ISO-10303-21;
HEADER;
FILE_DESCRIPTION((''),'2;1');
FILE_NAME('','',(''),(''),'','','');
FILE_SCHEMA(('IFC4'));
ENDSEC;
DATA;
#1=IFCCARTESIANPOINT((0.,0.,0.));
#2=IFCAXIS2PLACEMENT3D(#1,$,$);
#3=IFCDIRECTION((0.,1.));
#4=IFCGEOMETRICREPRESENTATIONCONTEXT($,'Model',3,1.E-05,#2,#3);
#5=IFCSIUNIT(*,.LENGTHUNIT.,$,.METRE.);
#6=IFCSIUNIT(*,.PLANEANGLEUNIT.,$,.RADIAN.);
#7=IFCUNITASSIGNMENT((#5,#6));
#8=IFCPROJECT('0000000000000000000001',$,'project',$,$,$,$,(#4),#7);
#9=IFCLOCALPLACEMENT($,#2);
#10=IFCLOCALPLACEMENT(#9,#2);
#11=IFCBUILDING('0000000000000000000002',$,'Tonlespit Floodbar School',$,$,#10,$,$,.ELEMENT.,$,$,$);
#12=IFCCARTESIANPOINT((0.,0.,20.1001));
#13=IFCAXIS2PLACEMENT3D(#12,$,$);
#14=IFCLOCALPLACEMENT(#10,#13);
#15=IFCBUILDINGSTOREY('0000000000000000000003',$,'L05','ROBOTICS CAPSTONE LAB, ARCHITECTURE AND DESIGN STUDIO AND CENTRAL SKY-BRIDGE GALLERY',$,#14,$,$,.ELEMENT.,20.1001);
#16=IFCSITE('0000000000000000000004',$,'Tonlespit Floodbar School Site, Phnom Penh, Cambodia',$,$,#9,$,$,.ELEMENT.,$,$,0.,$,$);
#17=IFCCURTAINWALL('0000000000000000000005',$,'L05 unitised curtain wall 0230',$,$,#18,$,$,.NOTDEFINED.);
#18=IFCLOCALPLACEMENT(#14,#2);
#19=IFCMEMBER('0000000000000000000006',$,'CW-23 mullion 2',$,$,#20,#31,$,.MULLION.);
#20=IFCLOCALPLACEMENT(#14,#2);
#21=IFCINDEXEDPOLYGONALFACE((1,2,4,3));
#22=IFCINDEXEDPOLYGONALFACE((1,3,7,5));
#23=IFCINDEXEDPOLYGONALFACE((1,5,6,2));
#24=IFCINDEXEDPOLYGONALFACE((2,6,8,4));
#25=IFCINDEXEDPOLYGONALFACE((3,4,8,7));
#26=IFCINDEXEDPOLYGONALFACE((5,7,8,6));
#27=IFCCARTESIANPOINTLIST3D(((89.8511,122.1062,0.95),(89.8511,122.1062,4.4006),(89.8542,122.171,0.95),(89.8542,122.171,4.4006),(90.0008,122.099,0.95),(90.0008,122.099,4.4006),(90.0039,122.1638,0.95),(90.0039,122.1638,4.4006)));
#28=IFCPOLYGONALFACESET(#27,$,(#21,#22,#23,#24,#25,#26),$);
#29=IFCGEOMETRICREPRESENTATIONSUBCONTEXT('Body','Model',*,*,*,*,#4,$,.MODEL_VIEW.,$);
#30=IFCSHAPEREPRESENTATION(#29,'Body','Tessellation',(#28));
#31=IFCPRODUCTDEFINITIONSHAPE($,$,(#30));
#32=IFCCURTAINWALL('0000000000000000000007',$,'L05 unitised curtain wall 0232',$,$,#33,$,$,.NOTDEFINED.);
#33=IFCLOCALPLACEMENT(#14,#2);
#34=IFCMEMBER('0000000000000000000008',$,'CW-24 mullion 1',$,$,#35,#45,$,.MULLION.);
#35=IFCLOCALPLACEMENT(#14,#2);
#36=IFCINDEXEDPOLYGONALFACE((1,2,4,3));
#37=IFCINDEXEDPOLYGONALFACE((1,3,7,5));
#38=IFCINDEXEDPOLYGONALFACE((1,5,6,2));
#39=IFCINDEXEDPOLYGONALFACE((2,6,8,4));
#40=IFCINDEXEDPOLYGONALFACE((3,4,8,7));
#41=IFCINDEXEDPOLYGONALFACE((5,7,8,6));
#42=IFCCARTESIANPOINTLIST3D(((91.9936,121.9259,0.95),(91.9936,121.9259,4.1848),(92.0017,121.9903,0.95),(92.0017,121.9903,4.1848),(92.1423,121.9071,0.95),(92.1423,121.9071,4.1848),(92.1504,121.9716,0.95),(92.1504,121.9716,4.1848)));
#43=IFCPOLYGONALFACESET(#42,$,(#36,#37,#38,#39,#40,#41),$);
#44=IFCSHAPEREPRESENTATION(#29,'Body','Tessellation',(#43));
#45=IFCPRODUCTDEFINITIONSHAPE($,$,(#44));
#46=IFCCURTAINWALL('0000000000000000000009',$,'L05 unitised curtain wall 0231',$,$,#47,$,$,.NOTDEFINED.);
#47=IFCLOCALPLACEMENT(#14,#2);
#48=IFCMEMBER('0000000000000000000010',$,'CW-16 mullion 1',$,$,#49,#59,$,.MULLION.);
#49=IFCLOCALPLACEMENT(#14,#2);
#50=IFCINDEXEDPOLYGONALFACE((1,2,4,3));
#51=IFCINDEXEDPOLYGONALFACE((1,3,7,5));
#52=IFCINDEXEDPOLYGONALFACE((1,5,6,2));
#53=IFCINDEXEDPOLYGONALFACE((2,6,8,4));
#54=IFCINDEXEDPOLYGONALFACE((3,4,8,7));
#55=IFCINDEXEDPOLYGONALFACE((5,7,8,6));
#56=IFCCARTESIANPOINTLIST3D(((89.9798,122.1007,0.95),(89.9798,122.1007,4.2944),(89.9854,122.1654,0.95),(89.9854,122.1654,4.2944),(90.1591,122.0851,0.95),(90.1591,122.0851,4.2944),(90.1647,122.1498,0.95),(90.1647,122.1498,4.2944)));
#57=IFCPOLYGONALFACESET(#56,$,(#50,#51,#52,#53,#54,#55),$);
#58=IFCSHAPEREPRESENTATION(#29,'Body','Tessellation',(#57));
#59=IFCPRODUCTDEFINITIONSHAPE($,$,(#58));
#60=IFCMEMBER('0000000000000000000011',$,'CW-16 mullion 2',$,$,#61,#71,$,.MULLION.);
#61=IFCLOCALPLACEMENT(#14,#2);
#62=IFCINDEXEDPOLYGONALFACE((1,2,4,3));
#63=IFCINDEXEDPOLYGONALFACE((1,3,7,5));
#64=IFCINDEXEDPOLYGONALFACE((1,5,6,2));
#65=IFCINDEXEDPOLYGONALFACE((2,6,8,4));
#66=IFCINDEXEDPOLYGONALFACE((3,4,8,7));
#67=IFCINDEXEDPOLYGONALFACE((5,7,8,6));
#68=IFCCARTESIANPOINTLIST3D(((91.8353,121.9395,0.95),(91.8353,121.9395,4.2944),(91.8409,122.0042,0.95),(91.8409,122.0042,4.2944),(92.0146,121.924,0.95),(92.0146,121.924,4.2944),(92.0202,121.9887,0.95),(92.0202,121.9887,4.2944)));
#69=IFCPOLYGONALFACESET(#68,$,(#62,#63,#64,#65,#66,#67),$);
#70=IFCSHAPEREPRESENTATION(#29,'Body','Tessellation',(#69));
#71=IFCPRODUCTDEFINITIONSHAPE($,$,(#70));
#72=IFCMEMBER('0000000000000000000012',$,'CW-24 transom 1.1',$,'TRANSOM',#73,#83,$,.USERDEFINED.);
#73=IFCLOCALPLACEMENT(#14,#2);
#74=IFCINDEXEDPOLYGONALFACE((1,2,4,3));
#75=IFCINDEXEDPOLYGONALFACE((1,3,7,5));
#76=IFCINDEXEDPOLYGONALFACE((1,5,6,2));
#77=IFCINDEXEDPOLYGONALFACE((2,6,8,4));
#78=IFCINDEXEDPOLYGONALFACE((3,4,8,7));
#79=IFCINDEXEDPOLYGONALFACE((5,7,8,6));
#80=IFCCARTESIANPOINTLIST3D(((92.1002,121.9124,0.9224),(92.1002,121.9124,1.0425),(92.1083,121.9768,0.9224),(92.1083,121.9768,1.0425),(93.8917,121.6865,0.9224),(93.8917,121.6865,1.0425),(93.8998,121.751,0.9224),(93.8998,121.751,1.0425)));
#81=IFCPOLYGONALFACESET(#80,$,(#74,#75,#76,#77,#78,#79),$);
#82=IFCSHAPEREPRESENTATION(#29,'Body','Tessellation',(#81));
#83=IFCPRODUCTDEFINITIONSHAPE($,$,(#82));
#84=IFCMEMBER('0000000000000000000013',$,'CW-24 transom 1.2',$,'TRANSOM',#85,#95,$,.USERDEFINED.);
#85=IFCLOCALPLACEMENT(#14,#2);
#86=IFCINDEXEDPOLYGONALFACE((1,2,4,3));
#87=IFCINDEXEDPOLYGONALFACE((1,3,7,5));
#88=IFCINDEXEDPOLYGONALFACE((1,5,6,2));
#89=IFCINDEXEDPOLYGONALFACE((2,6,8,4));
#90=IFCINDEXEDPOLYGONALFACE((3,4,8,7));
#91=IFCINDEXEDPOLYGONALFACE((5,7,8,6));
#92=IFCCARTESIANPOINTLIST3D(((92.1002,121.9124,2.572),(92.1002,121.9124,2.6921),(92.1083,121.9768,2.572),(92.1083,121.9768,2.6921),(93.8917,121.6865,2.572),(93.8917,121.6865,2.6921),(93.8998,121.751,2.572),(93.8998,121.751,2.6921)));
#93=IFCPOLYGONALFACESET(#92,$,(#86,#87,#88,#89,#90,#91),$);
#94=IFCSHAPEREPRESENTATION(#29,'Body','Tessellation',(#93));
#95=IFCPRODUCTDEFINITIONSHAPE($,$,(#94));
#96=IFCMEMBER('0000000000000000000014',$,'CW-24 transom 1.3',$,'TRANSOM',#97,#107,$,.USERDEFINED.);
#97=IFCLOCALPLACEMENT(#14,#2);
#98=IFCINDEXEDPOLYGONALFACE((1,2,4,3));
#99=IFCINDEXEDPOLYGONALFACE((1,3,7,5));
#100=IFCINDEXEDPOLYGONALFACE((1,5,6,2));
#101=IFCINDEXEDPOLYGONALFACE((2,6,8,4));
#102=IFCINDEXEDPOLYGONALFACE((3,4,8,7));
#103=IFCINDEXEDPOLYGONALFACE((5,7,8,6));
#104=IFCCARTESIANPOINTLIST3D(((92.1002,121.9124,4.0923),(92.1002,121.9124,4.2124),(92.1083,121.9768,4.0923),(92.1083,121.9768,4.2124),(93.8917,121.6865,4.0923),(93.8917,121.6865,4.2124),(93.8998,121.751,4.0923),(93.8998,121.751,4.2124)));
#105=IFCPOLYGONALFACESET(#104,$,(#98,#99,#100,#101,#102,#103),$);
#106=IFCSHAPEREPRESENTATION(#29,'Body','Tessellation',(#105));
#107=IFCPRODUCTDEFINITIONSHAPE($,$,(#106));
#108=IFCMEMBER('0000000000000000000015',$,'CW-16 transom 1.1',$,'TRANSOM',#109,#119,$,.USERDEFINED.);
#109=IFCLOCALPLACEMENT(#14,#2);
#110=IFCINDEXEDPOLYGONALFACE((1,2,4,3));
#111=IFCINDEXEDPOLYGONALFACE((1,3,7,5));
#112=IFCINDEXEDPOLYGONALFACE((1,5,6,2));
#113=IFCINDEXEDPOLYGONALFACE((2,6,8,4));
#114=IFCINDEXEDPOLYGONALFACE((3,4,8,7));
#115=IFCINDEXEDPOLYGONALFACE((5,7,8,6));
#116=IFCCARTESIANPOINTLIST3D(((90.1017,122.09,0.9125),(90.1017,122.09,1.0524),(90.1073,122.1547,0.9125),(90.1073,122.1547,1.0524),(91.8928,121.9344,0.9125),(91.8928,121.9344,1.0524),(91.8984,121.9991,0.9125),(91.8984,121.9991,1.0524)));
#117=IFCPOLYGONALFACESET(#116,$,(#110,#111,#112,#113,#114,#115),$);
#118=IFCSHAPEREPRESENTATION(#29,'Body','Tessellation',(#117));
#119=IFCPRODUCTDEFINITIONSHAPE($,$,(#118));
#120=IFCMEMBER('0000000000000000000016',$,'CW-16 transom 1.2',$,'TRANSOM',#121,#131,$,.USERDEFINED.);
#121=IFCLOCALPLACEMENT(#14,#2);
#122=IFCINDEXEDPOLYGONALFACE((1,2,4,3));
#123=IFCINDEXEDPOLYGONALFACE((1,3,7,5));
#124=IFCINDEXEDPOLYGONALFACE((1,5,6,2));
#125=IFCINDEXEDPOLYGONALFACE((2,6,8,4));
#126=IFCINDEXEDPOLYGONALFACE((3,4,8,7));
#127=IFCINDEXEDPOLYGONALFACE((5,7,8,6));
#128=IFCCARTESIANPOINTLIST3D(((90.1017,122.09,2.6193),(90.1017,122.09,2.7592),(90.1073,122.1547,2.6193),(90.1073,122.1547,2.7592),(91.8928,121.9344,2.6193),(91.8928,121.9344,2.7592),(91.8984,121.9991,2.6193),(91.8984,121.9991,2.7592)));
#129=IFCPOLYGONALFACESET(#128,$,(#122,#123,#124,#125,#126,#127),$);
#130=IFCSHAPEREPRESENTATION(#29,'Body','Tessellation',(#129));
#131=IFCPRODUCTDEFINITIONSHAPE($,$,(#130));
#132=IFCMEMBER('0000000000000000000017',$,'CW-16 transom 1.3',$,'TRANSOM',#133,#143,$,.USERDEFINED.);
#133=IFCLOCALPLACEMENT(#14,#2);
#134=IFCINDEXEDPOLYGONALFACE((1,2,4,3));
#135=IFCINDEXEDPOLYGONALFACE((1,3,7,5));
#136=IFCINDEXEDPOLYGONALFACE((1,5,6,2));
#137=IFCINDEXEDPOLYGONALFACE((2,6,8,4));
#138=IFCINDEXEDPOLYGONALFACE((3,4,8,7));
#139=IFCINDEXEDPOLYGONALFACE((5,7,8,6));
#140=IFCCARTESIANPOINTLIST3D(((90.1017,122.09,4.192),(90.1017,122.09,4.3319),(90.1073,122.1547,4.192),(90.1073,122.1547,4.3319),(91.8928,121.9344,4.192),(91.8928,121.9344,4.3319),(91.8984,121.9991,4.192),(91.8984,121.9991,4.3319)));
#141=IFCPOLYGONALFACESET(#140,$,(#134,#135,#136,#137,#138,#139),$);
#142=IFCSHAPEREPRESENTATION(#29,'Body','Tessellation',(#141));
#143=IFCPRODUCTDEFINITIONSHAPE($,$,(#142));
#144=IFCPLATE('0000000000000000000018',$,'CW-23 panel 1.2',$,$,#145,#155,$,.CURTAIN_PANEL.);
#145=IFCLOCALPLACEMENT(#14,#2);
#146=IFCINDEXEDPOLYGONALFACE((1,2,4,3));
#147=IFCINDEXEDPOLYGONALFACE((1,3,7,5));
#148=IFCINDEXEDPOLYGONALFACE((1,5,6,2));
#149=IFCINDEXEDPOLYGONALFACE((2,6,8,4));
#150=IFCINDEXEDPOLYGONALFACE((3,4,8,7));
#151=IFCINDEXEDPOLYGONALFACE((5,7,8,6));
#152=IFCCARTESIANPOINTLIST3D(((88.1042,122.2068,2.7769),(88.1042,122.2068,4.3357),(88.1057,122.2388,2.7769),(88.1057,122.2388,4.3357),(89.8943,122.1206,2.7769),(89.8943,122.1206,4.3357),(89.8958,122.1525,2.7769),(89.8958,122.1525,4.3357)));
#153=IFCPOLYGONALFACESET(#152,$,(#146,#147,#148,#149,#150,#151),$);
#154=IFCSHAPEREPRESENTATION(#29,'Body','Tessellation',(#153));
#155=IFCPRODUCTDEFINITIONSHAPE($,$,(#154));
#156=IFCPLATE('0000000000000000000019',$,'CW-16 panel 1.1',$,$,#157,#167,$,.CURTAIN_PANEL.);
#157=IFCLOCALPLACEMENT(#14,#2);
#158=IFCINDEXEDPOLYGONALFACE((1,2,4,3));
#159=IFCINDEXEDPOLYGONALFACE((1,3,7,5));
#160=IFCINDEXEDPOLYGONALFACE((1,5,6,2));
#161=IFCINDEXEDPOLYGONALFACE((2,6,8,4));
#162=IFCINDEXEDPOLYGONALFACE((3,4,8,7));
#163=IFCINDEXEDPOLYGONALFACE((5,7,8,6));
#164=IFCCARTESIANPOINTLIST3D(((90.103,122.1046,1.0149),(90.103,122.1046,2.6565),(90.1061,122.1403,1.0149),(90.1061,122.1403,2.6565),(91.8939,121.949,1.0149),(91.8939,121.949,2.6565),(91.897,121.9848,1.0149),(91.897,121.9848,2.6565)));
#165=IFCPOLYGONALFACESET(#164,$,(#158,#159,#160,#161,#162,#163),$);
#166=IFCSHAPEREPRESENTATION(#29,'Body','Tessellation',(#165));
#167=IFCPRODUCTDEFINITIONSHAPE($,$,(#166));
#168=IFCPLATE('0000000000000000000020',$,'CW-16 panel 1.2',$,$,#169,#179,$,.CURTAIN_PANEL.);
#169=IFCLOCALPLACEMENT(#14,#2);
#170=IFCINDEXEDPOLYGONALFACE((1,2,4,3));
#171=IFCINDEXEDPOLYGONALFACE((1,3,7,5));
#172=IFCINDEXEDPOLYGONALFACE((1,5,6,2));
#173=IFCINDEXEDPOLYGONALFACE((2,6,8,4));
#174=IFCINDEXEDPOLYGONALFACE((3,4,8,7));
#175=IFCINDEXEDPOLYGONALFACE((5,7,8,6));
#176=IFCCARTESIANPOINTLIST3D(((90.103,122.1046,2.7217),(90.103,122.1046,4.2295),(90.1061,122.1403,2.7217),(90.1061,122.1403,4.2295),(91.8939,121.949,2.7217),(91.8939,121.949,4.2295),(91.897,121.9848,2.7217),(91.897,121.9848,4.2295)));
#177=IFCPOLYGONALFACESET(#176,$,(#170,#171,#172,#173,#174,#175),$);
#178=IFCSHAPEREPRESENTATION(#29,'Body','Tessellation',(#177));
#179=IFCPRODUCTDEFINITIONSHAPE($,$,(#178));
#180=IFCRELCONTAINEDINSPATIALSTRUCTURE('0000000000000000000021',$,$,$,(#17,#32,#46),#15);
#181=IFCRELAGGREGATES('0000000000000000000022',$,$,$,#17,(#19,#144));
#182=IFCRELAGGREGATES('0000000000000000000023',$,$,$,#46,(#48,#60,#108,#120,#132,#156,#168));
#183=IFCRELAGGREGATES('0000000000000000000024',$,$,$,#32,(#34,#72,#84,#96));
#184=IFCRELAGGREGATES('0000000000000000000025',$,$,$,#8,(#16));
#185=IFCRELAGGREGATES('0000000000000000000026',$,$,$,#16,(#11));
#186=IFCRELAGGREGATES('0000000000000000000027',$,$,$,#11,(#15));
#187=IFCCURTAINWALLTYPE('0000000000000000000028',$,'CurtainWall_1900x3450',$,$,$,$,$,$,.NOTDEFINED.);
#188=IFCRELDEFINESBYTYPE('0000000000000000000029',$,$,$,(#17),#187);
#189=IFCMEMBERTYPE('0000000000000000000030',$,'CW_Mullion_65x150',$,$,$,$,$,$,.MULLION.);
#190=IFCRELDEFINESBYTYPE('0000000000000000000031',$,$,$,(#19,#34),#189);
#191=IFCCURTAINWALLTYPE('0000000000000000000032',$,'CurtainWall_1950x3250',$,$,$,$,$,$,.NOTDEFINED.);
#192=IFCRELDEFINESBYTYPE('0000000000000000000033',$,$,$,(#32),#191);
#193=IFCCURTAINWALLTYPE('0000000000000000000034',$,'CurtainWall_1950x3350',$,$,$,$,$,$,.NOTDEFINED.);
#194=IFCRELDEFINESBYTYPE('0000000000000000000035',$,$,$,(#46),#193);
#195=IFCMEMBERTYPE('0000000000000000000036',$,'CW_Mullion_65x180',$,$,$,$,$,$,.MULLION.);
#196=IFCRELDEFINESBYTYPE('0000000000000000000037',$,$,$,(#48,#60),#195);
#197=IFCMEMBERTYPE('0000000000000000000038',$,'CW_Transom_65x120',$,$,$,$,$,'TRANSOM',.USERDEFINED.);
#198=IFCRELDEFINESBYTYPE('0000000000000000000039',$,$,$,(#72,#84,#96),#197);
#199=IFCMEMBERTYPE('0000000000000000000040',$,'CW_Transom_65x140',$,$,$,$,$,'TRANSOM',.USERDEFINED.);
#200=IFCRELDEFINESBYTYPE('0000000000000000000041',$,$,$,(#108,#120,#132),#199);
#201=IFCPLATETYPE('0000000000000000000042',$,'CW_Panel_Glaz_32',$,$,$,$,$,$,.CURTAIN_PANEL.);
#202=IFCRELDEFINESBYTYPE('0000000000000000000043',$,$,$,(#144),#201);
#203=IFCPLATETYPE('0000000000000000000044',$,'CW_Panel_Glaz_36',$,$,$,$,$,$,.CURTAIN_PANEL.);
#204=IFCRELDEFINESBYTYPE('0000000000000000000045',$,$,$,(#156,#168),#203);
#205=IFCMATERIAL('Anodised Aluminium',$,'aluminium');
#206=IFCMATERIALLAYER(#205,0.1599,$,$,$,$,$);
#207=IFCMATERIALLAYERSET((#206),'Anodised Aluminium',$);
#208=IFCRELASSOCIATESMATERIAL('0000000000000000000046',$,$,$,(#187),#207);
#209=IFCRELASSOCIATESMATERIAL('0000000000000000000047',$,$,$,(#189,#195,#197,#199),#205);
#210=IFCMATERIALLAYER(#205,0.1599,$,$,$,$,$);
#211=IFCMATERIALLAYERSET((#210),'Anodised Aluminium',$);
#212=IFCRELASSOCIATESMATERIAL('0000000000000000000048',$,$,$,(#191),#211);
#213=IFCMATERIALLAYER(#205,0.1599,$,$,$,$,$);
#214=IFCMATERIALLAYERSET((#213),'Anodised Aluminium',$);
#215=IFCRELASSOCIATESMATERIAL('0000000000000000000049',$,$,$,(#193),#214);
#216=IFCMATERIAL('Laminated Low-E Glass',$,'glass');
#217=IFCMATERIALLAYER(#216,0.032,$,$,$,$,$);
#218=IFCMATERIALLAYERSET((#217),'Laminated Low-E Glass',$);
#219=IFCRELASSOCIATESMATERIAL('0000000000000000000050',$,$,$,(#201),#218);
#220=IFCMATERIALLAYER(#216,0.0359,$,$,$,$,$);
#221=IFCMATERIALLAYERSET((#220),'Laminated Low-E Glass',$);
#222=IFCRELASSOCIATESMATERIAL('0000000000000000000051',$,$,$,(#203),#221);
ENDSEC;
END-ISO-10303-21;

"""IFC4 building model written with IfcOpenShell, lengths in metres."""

from ifc_helpers import new_model, si_unit, direction, frame, origin, origin_2d, place, context, subcontext, project, spatial, rectangle, extrude, material, layer, layer_set, material_profile, profile_set, type_object, element, aggregate, save


model = new_model("IFC4")

# Units and contexts
model_context = context("Model", 3, precision=1e-05, world=origin(), true_north=direction((0.0, 1.0)))
body_context = subcontext(model_context, "Body", "Model", "MODEL_VIEW")
ifc_project = project(units=[si_unit("LENGTHUNIT", "METRE"), si_unit("PLANEANGLEUNIT", "RADIAN")], contexts=[model_context])

# Site, building, storey
site_placement = place(None, origin())
site = spatial("IfcSite", under=ifc_project, at=site_placement, Name="Tonlespit Floodbar School Site, Phnom Penh, Cambodia", CompositionType="ELEMENT", RefElevation=0.0)
building_placement = place(site_placement, origin())
building = spatial("IfcBuilding", under=site, at=building_placement, Name="Tonlespit Floodbar School", CompositionType="ELEMENT")
storey_placement = place(building_placement, frame((0.0, 0.0, 20.1001)))
storey = spatial("IfcBuildingStorey", under=building, at=storey_placement, Name="L05", Description="ROBOTICS CAPSTONE LAB, ARCHITECTURE AND DESIGN STUDIO AND CENTRAL SKY-BRIDGE GALLERY", CompositionType="ELEMENT", Elevation=20.1001)

# Curtain walls, members
ifc_material_1 = material(Name="Anodised Aluminium", Category="aluminium")
ifc_layer_1 = layer(ifc_material_1, 0.1599)
ifc_layer_set_1 = layer_set([ifc_layer_1], Name="Anodised Aluminium")
curtain_wall_type_1 = type_object("IfcCurtainWallType", Name="CurtainWall_1900x3450", PredefinedType="NOTDEFINED", material=ifc_layer_set_1)
curtain_wall_1_placement = place(storey_placement, origin())
curtain_wall_1 = element("IfcCurtainWall", 1, at=curtain_wall_1_placement, inside=storey, type_object=curtain_wall_type_1, Name="L05 unitised curtain wall 0230", PredefinedType="NOTDEFINED")
ifc_material_profile_1 = material_profile(ifc_material_1, rectangle(XDim=0.0649, YDim=0.1499, at=origin_2d()), Name="ALU M65x150")
ifc_profile_set_1 = profile_set([ifc_material_profile_1], Name="Anodised Aluminium")
member_type_1 = type_object("IfcMemberType", Name="CW_Mullion_65x150", PredefinedType="MULLION", material=ifc_profile_set_1)
member_1_placement = place(storey_placement, frame((89.9275, 122.135, 0.95), z_axis=(0.0, 0.0, 1.0), x_axis=(0.048121, 0.998842, 0.0)))
member_1 = element("IfcMember", 2, at=member_1_placement, type_object=member_type_1, Name="CW-23 mullion 2", PredefinedType="MULLION", context=body_context, shape_type="SweptSolid", body=[
    extrude(rectangle(XDim=0.0649, YDim=0.1499, at=origin_2d()), origin(), (0.0, 0.0, 1.0), 3.4507),
])
ifc_layer_2 = layer(ifc_material_1, 0.1599)
ifc_layer_set_2 = layer_set([ifc_layer_2], Name="Anodised Aluminium")
curtain_wall_type_2 = type_object("IfcCurtainWallType", Name="CurtainWall_1950x3250", PredefinedType="NOTDEFINED", material=ifc_layer_set_2)
curtain_wall_2_placement = place(storey_placement, origin())
curtain_wall_2 = element("IfcCurtainWall", 3, at=curtain_wall_2_placement, inside=storey, type_object=curtain_wall_type_2, Name="L05 unitised curtain wall 0232", PredefinedType="NOTDEFINED")
member_2_placement = place(storey_placement, frame((92.072, 121.9487, 0.95), z_axis=(0.0, 0.0, 1.0), x_axis=(0.125014, 0.992155, 0.0)))
member_2 = element("IfcMember", 4, at=member_2_placement, type_object=member_type_1, Name="CW-24 mullion 1", PredefinedType="MULLION", context=body_context, shape_type="SweptSolid", body=[
    extrude(rectangle(XDim=0.0649, YDim=0.1499, at=origin_2d()), origin(), (0.0, 0.0, 1.0), 3.2349),
])

# Curtain wall, members
ifc_layer_3 = layer(ifc_material_1, 0.1599)
ifc_layer_set_3 = layer_set([ifc_layer_3], Name="Anodised Aluminium")
curtain_wall_type_3 = type_object("IfcCurtainWallType", Name="CurtainWall_1950x3350", PredefinedType="NOTDEFINED", material=ifc_layer_set_3)
curtain_wall_3_placement = place(storey_placement, origin())
curtain_wall_3 = element("IfcCurtainWall", 5, at=curtain_wall_3_placement, inside=storey, type_object=curtain_wall_type_3, Name="L05 unitised curtain wall 0231", PredefinedType="NOTDEFINED")
ifc_material_profile_2 = material_profile(ifc_material_1, rectangle(XDim=0.0649, YDim=0.1799, at=origin_2d()), Name="ALU M65x180")
ifc_profile_set_2 = profile_set([ifc_material_profile_2], Name="Anodised Aluminium")
member_type_2 = type_object("IfcMemberType", Name="CW_Mullion_65x180", PredefinedType="MULLION", material=ifc_profile_set_2)
member_3_placement = place(storey_placement, frame((90.0723, 122.1252, 0.95), z_axis=(0.0, 0.0, 1.0), x_axis=(0.086531, 0.996249, 0.0)))
member_3 = element("IfcMember", 6, at=member_3_placement, type_object=member_type_2, Name="CW-16 mullion 1", PredefinedType="MULLION", context=body_context, shape_type="SweptSolid", body=[
    extrude(rectangle(XDim=0.0649, YDim=0.1799, at=origin_2d()), origin(), (0.0, 0.0, 1.0), 3.3445),
])
member_4_placement = place(storey_placement, frame((91.9277, 121.9641, 0.95), z_axis=(0.0, 0.0, 1.0), x_axis=(0.086531, 0.996249, 0.0)))
member_4 = element("IfcMember", 7, at=member_4_placement, type_object=member_type_2, Name="CW-16 mullion 2", PredefinedType="MULLION", context=body_context, shape_type="SweptSolid", body=[
    extrude(rectangle(XDim=0.0649, YDim=0.1799, at=origin_2d()), origin(), (0.0, 0.0, 1.0), 3.3445),
])

# Members
ifc_material_profile_3 = material_profile(ifc_material_1, rectangle(XDim=0.0649, YDim=0.1201, at=origin_2d()), Name="ALU T65x120")
ifc_profile_set_3 = profile_set([ifc_material_profile_3], Name="Anodised Aluminium")
member_type_3 = type_object("IfcMemberType", Name="CW_Transom_65x120", ElementType="TRANSOM", PredefinedType="USERDEFINED", material=ifc_profile_set_3)
member_5_placement = place(storey_placement, frame((92.1042, 121.9446, 0.9824), z_axis=(0.992148, -0.125066, 0.0), x_axis=(0.125066, 0.992148, 0.0)))
member_5 = element("IfcMember", 8, at=member_5_placement, type_object=member_type_3, Name="CW-24 transom 1.1", ObjectType="TRANSOM", PredefinedType="USERDEFINED", context=body_context, shape_type="SweptSolid", body=[
    extrude(rectangle(XDim=0.0649, YDim=0.1201, at=origin_2d()), origin(), (0.0, 0.0, 1.0), 1.8057),
])
member_6_placement = place(storey_placement, frame((92.1042, 121.9446, 2.6321), z_axis=(0.992148, -0.125066, 0.0), x_axis=(0.125066, 0.992148, 0.0)))
member_6 = element("IfcMember", 9, at=member_6_placement, type_object=member_type_3, Name="CW-24 transom 1.2", ObjectType="TRANSOM", PredefinedType="USERDEFINED", context=body_context, shape_type="SweptSolid", body=[
    extrude(rectangle(XDim=0.0649, YDim=0.1201, at=origin_2d()), origin(), (0.0, 0.0, 1.0), 1.8057),
])
member_7_placement = place(storey_placement, frame((92.1042, 121.9446, 4.1523), z_axis=(0.992148, -0.125066, 0.0), x_axis=(0.125066, 0.992148, 0.0)))
member_7 = element("IfcMember", 10, at=member_7_placement, type_object=member_type_3, Name="CW-24 transom 1.3", ObjectType="TRANSOM", PredefinedType="USERDEFINED", context=body_context, shape_type="SweptSolid", body=[
    extrude(rectangle(XDim=0.0649, YDim=0.1201, at=origin_2d()), origin(), (0.0, 0.0, 1.0), 1.8057),
])
ifc_material_profile_4 = material_profile(ifc_material_1, rectangle(XDim=0.0649, YDim=0.1399, at=origin_2d()), Name="ALU T65x140")
ifc_profile_set_4 = profile_set([ifc_material_profile_4], Name="Anodised Aluminium")
member_type_4 = type_object("IfcMemberType", Name="CW_Transom_65x140", ElementType="TRANSOM", PredefinedType="USERDEFINED", material=ifc_profile_set_4)
member_8_placement = place(storey_placement, frame((90.1045, 122.1223, 0.9824), z_axis=(0.996251, -0.086507, 0.0), x_axis=(0.086507, 0.996251, 0.0)))
member_8 = element("IfcMember", 11, at=member_8_placement, type_object=member_type_4, Name="CW-16 transom 1.1", ObjectType="TRANSOM", PredefinedType="USERDEFINED", context=body_context, shape_type="SweptSolid", body=[
    extrude(rectangle(XDim=0.0649, YDim=0.1399, at=origin_2d()), origin(), (0.0, 0.0, 1.0), 1.7979),
])
member_9_placement = place(storey_placement, frame((90.1045, 122.1223, 2.6892), z_axis=(0.996251, -0.086507, 0.0), x_axis=(0.086507, 0.996251, 0.0)))
member_9 = element("IfcMember", 12, at=member_9_placement, type_object=member_type_4, Name="CW-16 transom 1.2", ObjectType="TRANSOM", PredefinedType="USERDEFINED", context=body_context, shape_type="SweptSolid", body=[
    extrude(rectangle(XDim=0.0649, YDim=0.1399, at=origin_2d()), origin(), (0.0, 0.0, 1.0), 1.7979),
])
member_10_placement = place(storey_placement, frame((90.1045, 122.1223, 4.262), z_axis=(0.996251, -0.086507, 0.0), x_axis=(0.086507, 0.996251, 0.0)))
member_10 = element("IfcMember", 13, at=member_10_placement, type_object=member_type_4, Name="CW-16 transom 1.3", ObjectType="TRANSOM", PredefinedType="USERDEFINED", context=body_context, shape_type="SweptSolid", body=[
    extrude(rectangle(XDim=0.0649, YDim=0.1399, at=origin_2d()), origin(), (0.0, 0.0, 1.0), 1.7979),
])

# Plates
ifc_material_2 = material(Name="Laminated Low-E Glass", Category="glass")
ifc_layer_4 = layer(ifc_material_2, 0.032)
ifc_layer_set_4 = layer_set([ifc_layer_4], Name="Laminated Low-E Glass")
plate_type_1 = type_object("IfcPlateType", Name="CW_Panel_Glaz_32", PredefinedType="CURTAIN_PANEL", material=ifc_layer_set_4)
plate_1_placement = place(storey_placement, frame((89.0, 122.1797, 2.7769), z_axis=(0.0, 0.0, 1.0), x_axis=(0.998842, -0.048121, 0.0)))
plate_1 = element("IfcPlate", 14, at=plate_1_placement, type_object=plate_type_1, Name="CW-23 panel 1.2", PredefinedType="CURTAIN_PANEL", context=body_context, shape_type="SweptSolid", body=[
    extrude(rectangle(XDim=1.7922, YDim=0.032, at=origin_2d()), origin(), (0.0, 0.0, 1.0), 1.5588),
])
aggregate(curtain_wall_1, [member_1, plate_1])
ifc_layer_5 = layer(ifc_material_2, 0.0359)
ifc_layer_set_5 = layer_set([ifc_layer_5], Name="Laminated Low-E Glass")
plate_type_2 = type_object("IfcPlateType", Name="CW_Panel_Glaz_36", PredefinedType="CURTAIN_PANEL", material=ifc_layer_set_5)
plate_2_placement = place(storey_placement, frame((91.0, 122.0447, 1.0149), z_axis=(0.0, 0.0, 1.0), x_axis=(0.996249, -0.086531, 0.0)))
plate_2 = element("IfcPlate", 15, at=plate_2_placement, type_object=plate_type_2, Name="CW-16 panel 1.1", PredefinedType="CURTAIN_PANEL", context=body_context, shape_type="SweptSolid", body=[
    extrude(rectangle(XDim=1.7976, YDim=0.0359, at=origin_2d()), origin(), (0.0, 0.0, 1.0), 1.6416),
])
plate_3_placement = place(storey_placement, frame((91.0, 122.0447, 2.7217), z_axis=(0.0, 0.0, 1.0), x_axis=(0.996249, -0.086531, 0.0)))
plate_3 = element("IfcPlate", 16, at=plate_3_placement, type_object=plate_type_2, Name="CW-16 panel 1.2", PredefinedType="CURTAIN_PANEL", context=body_context, shape_type="SweptSolid", body=[
    extrude(rectangle(XDim=1.7976, YDim=0.0359, at=origin_2d()), origin(), (0.0, 0.0, 1.0), 1.5078),
])
aggregate(curtain_wall_3, [member_3, member_4, member_8, member_9, member_10, plate_2, plate_3])
aggregate(curtain_wall_2, [member_2, member_5, member_6, member_7])

save(model, "model.ifc")
